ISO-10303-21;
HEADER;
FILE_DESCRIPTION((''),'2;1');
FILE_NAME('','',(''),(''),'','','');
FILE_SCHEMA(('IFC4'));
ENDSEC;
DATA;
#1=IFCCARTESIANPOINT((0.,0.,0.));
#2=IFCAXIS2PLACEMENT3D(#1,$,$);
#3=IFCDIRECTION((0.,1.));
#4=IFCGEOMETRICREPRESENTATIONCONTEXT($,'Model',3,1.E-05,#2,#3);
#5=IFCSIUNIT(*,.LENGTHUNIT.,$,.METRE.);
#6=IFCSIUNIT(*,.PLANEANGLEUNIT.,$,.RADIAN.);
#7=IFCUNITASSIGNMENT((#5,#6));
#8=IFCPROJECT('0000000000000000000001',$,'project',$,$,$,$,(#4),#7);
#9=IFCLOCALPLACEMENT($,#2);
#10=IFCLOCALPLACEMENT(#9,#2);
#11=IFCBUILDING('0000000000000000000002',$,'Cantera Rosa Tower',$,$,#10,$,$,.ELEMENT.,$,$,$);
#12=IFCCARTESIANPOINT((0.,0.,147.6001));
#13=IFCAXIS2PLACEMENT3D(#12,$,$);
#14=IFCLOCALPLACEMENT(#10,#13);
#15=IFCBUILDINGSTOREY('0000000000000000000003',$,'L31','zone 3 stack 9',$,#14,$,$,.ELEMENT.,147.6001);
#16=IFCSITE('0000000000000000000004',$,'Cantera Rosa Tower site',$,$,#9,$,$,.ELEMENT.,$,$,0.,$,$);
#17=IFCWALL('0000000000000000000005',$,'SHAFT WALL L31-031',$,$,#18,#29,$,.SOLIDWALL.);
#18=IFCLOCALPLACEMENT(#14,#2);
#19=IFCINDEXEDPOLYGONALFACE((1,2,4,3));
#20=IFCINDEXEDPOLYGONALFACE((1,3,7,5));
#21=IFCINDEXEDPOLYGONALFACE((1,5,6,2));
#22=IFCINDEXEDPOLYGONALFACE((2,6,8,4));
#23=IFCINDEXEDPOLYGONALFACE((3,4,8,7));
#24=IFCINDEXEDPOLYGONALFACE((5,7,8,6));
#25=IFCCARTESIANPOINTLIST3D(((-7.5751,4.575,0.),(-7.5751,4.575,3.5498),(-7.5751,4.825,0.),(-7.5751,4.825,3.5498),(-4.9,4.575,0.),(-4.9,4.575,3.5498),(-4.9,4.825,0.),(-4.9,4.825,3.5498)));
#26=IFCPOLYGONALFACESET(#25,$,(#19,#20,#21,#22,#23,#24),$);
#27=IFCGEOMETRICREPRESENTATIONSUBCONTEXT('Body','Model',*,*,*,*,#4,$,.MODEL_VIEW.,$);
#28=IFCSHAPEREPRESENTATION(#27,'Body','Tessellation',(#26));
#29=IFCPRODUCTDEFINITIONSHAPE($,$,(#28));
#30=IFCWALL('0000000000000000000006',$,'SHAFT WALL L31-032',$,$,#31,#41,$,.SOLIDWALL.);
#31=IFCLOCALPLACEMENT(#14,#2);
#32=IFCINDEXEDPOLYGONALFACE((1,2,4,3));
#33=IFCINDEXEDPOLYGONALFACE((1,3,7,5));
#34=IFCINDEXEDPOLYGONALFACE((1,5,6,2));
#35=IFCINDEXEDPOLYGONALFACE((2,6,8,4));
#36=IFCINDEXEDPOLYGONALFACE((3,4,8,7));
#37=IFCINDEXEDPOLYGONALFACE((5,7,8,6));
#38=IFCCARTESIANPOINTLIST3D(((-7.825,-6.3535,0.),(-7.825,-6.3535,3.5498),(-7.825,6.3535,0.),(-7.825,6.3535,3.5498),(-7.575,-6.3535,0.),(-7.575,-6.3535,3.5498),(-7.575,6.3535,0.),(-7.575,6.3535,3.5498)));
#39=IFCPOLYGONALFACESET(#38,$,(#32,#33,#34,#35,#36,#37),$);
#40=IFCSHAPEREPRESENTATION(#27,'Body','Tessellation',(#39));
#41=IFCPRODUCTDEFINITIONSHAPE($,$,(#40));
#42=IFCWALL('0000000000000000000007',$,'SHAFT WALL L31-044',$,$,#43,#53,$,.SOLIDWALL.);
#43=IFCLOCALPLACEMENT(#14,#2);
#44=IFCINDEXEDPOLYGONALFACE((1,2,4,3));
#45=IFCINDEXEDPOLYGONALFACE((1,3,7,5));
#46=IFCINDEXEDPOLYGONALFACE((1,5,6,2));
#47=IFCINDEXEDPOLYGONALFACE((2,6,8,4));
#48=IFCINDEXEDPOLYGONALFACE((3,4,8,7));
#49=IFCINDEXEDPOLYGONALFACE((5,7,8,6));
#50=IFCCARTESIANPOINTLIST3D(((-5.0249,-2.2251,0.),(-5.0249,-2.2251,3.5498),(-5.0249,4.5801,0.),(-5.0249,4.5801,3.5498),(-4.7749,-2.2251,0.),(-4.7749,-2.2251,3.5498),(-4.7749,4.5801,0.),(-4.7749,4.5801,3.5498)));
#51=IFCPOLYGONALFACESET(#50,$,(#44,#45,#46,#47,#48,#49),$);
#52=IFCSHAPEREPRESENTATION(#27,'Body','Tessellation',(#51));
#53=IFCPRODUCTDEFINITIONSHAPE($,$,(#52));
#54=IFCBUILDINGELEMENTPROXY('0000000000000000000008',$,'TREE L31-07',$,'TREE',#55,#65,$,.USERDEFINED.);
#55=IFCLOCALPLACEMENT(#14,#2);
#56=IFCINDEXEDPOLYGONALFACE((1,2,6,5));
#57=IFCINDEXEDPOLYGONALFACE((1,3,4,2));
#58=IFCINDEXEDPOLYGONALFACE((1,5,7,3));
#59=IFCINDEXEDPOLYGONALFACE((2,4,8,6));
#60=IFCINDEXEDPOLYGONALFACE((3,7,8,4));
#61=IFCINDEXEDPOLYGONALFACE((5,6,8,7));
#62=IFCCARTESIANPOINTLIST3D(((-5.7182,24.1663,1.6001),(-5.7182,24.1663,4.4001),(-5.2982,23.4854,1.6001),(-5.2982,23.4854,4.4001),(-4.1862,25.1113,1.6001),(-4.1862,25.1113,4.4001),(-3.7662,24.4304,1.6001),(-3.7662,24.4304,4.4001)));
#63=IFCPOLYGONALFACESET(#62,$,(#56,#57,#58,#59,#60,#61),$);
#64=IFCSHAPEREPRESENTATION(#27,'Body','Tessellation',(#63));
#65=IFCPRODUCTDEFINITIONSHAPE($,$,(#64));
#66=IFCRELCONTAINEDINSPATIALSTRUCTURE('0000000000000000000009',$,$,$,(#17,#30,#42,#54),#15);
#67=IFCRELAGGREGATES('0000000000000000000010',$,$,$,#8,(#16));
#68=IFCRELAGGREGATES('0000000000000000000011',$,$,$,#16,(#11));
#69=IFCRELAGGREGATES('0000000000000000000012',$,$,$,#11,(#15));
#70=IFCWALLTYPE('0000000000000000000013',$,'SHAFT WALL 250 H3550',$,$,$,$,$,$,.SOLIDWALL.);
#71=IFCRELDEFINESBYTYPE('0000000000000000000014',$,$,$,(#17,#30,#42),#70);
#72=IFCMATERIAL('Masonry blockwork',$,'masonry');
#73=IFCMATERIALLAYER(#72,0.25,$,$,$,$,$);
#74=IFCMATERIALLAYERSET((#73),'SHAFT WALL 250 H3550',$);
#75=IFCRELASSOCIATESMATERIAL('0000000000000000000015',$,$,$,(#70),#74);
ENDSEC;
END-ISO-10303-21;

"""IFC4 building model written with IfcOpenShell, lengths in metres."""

from ifc_helpers import new_model, si_unit, direction, frame, frame_2d, origin, origin_2d, place, context, subcontext, project, spatial, rectangle, extrude, material, layer, layer_set, type_object, element, save


model = new_model("IFC4")

# Units and contexts
model_context = context("Model", 3, precision=1e-05, world=origin(), true_north=direction((0.0, 1.0)))
body_context = subcontext(model_context, "Body", "Model", "MODEL_VIEW")
ifc_project = project(units=[si_unit("LENGTHUNIT", "METRE"), si_unit("PLANEANGLEUNIT", "RADIAN")], contexts=[model_context])

# Site, building, storey
site_placement = place(None, origin())
site = spatial("IfcSite", under=ifc_project, at=site_placement, Name="Cantera Rosa Tower site", CompositionType="ELEMENT", RefElevation=0.0)
building_placement = place(site_placement, origin())
building = spatial("IfcBuilding", under=site, at=building_placement, Name="Cantera Rosa Tower", CompositionType="ELEMENT")
storey_placement = place(building_placement, frame((0.0, 0.0, 147.6001)))
storey = spatial("IfcBuildingStorey", under=building, at=storey_placement, Name="L31", Description="zone 3 stack 9", CompositionType="ELEMENT", Elevation=147.6001)

# Walls
ifc_material_1 = material(Name="Masonry blockwork", Category="masonry")
ifc_layer_1 = layer(ifc_material_1, 0.25)
ifc_layer_set_1 = layer_set([ifc_layer_1], Name="SHAFT WALL 250 H3550")
wall_type_1 = type_object("IfcWallType", Name="SHAFT WALL 250 H3550", PredefinedType="SOLIDWALL", material=ifc_layer_set_1)
wall_1_placement = place(storey_placement, frame((-7.575, 4.7, 0.0), z_axis=(0.0, 0.0, 1.0), x_axis=(1.0, 0.0, 0.0)))
element("IfcWall", 1, at=wall_1_placement, inside=storey, type_object=wall_type_1, Name="SHAFT WALL L31-031", PredefinedType="SOLIDWALL", context=body_context, shape_type="SweptSolid", body=[
    extrude(rectangle(XDim=2.675, YDim=0.25, at=frame_2d((1.3374, 0.0))), origin(), (0.0, 0.0, 1.0), 3.5498),
])
wall_2_placement = place(storey_placement, frame((-7.7, 6.3535, 0.0), z_axis=(0.0, 0.0, 1.0), x_axis=(0.0, -1.0, 0.0)))
element("IfcWall", 2, at=wall_2_placement, inside=storey, type_object=wall_type_1, Name="SHAFT WALL L31-032", PredefinedType="SOLIDWALL", context=body_context, shape_type="SweptSolid", body=[
    extrude(rectangle(XDim=12.707, YDim=0.25, at=frame_2d((6.3535, 0.0))), origin(), (0.0, 0.0, 1.0), 3.5498),
])
wall_3_placement = place(storey_placement, frame((-4.8999, 4.5801, 0.0), z_axis=(0.0, 0.0, 1.0), x_axis=(0.0, -1.0, 0.0)))
element("IfcWall", 3, at=wall_3_placement, inside=storey, type_object=wall_type_1, Name="SHAFT WALL L31-044", PredefinedType="SOLIDWALL", context=body_context, shape_type="SweptSolid", body=[
    extrude(rectangle(XDim=6.8052, YDim=0.25, at=frame_2d((3.4026, 0.0))), origin(), (0.0, 0.0, 1.0), 3.5498),
])

# Building element proxy
proxy_placement = place(storey_placement, frame((-4.7422, 24.2983, 1.6001), z_axis=(0.0, 0.0, 1.0), x_axis=(-0.851117, -0.524977, 0.0)))
element("IfcBuildingElementProxy", 4, at=proxy_placement, inside=storey, Name="TREE L31-07", ObjectType="TREE", PredefinedType="USERDEFINED", context=body_context, shape_type="SweptSolid", body=[
    extrude(rectangle(XDim=1.8, YDim=0.8, at=origin_2d()), origin(), (0.0, 0.0, 1.0), 2.8),
])

save(model, "model.ifc")
